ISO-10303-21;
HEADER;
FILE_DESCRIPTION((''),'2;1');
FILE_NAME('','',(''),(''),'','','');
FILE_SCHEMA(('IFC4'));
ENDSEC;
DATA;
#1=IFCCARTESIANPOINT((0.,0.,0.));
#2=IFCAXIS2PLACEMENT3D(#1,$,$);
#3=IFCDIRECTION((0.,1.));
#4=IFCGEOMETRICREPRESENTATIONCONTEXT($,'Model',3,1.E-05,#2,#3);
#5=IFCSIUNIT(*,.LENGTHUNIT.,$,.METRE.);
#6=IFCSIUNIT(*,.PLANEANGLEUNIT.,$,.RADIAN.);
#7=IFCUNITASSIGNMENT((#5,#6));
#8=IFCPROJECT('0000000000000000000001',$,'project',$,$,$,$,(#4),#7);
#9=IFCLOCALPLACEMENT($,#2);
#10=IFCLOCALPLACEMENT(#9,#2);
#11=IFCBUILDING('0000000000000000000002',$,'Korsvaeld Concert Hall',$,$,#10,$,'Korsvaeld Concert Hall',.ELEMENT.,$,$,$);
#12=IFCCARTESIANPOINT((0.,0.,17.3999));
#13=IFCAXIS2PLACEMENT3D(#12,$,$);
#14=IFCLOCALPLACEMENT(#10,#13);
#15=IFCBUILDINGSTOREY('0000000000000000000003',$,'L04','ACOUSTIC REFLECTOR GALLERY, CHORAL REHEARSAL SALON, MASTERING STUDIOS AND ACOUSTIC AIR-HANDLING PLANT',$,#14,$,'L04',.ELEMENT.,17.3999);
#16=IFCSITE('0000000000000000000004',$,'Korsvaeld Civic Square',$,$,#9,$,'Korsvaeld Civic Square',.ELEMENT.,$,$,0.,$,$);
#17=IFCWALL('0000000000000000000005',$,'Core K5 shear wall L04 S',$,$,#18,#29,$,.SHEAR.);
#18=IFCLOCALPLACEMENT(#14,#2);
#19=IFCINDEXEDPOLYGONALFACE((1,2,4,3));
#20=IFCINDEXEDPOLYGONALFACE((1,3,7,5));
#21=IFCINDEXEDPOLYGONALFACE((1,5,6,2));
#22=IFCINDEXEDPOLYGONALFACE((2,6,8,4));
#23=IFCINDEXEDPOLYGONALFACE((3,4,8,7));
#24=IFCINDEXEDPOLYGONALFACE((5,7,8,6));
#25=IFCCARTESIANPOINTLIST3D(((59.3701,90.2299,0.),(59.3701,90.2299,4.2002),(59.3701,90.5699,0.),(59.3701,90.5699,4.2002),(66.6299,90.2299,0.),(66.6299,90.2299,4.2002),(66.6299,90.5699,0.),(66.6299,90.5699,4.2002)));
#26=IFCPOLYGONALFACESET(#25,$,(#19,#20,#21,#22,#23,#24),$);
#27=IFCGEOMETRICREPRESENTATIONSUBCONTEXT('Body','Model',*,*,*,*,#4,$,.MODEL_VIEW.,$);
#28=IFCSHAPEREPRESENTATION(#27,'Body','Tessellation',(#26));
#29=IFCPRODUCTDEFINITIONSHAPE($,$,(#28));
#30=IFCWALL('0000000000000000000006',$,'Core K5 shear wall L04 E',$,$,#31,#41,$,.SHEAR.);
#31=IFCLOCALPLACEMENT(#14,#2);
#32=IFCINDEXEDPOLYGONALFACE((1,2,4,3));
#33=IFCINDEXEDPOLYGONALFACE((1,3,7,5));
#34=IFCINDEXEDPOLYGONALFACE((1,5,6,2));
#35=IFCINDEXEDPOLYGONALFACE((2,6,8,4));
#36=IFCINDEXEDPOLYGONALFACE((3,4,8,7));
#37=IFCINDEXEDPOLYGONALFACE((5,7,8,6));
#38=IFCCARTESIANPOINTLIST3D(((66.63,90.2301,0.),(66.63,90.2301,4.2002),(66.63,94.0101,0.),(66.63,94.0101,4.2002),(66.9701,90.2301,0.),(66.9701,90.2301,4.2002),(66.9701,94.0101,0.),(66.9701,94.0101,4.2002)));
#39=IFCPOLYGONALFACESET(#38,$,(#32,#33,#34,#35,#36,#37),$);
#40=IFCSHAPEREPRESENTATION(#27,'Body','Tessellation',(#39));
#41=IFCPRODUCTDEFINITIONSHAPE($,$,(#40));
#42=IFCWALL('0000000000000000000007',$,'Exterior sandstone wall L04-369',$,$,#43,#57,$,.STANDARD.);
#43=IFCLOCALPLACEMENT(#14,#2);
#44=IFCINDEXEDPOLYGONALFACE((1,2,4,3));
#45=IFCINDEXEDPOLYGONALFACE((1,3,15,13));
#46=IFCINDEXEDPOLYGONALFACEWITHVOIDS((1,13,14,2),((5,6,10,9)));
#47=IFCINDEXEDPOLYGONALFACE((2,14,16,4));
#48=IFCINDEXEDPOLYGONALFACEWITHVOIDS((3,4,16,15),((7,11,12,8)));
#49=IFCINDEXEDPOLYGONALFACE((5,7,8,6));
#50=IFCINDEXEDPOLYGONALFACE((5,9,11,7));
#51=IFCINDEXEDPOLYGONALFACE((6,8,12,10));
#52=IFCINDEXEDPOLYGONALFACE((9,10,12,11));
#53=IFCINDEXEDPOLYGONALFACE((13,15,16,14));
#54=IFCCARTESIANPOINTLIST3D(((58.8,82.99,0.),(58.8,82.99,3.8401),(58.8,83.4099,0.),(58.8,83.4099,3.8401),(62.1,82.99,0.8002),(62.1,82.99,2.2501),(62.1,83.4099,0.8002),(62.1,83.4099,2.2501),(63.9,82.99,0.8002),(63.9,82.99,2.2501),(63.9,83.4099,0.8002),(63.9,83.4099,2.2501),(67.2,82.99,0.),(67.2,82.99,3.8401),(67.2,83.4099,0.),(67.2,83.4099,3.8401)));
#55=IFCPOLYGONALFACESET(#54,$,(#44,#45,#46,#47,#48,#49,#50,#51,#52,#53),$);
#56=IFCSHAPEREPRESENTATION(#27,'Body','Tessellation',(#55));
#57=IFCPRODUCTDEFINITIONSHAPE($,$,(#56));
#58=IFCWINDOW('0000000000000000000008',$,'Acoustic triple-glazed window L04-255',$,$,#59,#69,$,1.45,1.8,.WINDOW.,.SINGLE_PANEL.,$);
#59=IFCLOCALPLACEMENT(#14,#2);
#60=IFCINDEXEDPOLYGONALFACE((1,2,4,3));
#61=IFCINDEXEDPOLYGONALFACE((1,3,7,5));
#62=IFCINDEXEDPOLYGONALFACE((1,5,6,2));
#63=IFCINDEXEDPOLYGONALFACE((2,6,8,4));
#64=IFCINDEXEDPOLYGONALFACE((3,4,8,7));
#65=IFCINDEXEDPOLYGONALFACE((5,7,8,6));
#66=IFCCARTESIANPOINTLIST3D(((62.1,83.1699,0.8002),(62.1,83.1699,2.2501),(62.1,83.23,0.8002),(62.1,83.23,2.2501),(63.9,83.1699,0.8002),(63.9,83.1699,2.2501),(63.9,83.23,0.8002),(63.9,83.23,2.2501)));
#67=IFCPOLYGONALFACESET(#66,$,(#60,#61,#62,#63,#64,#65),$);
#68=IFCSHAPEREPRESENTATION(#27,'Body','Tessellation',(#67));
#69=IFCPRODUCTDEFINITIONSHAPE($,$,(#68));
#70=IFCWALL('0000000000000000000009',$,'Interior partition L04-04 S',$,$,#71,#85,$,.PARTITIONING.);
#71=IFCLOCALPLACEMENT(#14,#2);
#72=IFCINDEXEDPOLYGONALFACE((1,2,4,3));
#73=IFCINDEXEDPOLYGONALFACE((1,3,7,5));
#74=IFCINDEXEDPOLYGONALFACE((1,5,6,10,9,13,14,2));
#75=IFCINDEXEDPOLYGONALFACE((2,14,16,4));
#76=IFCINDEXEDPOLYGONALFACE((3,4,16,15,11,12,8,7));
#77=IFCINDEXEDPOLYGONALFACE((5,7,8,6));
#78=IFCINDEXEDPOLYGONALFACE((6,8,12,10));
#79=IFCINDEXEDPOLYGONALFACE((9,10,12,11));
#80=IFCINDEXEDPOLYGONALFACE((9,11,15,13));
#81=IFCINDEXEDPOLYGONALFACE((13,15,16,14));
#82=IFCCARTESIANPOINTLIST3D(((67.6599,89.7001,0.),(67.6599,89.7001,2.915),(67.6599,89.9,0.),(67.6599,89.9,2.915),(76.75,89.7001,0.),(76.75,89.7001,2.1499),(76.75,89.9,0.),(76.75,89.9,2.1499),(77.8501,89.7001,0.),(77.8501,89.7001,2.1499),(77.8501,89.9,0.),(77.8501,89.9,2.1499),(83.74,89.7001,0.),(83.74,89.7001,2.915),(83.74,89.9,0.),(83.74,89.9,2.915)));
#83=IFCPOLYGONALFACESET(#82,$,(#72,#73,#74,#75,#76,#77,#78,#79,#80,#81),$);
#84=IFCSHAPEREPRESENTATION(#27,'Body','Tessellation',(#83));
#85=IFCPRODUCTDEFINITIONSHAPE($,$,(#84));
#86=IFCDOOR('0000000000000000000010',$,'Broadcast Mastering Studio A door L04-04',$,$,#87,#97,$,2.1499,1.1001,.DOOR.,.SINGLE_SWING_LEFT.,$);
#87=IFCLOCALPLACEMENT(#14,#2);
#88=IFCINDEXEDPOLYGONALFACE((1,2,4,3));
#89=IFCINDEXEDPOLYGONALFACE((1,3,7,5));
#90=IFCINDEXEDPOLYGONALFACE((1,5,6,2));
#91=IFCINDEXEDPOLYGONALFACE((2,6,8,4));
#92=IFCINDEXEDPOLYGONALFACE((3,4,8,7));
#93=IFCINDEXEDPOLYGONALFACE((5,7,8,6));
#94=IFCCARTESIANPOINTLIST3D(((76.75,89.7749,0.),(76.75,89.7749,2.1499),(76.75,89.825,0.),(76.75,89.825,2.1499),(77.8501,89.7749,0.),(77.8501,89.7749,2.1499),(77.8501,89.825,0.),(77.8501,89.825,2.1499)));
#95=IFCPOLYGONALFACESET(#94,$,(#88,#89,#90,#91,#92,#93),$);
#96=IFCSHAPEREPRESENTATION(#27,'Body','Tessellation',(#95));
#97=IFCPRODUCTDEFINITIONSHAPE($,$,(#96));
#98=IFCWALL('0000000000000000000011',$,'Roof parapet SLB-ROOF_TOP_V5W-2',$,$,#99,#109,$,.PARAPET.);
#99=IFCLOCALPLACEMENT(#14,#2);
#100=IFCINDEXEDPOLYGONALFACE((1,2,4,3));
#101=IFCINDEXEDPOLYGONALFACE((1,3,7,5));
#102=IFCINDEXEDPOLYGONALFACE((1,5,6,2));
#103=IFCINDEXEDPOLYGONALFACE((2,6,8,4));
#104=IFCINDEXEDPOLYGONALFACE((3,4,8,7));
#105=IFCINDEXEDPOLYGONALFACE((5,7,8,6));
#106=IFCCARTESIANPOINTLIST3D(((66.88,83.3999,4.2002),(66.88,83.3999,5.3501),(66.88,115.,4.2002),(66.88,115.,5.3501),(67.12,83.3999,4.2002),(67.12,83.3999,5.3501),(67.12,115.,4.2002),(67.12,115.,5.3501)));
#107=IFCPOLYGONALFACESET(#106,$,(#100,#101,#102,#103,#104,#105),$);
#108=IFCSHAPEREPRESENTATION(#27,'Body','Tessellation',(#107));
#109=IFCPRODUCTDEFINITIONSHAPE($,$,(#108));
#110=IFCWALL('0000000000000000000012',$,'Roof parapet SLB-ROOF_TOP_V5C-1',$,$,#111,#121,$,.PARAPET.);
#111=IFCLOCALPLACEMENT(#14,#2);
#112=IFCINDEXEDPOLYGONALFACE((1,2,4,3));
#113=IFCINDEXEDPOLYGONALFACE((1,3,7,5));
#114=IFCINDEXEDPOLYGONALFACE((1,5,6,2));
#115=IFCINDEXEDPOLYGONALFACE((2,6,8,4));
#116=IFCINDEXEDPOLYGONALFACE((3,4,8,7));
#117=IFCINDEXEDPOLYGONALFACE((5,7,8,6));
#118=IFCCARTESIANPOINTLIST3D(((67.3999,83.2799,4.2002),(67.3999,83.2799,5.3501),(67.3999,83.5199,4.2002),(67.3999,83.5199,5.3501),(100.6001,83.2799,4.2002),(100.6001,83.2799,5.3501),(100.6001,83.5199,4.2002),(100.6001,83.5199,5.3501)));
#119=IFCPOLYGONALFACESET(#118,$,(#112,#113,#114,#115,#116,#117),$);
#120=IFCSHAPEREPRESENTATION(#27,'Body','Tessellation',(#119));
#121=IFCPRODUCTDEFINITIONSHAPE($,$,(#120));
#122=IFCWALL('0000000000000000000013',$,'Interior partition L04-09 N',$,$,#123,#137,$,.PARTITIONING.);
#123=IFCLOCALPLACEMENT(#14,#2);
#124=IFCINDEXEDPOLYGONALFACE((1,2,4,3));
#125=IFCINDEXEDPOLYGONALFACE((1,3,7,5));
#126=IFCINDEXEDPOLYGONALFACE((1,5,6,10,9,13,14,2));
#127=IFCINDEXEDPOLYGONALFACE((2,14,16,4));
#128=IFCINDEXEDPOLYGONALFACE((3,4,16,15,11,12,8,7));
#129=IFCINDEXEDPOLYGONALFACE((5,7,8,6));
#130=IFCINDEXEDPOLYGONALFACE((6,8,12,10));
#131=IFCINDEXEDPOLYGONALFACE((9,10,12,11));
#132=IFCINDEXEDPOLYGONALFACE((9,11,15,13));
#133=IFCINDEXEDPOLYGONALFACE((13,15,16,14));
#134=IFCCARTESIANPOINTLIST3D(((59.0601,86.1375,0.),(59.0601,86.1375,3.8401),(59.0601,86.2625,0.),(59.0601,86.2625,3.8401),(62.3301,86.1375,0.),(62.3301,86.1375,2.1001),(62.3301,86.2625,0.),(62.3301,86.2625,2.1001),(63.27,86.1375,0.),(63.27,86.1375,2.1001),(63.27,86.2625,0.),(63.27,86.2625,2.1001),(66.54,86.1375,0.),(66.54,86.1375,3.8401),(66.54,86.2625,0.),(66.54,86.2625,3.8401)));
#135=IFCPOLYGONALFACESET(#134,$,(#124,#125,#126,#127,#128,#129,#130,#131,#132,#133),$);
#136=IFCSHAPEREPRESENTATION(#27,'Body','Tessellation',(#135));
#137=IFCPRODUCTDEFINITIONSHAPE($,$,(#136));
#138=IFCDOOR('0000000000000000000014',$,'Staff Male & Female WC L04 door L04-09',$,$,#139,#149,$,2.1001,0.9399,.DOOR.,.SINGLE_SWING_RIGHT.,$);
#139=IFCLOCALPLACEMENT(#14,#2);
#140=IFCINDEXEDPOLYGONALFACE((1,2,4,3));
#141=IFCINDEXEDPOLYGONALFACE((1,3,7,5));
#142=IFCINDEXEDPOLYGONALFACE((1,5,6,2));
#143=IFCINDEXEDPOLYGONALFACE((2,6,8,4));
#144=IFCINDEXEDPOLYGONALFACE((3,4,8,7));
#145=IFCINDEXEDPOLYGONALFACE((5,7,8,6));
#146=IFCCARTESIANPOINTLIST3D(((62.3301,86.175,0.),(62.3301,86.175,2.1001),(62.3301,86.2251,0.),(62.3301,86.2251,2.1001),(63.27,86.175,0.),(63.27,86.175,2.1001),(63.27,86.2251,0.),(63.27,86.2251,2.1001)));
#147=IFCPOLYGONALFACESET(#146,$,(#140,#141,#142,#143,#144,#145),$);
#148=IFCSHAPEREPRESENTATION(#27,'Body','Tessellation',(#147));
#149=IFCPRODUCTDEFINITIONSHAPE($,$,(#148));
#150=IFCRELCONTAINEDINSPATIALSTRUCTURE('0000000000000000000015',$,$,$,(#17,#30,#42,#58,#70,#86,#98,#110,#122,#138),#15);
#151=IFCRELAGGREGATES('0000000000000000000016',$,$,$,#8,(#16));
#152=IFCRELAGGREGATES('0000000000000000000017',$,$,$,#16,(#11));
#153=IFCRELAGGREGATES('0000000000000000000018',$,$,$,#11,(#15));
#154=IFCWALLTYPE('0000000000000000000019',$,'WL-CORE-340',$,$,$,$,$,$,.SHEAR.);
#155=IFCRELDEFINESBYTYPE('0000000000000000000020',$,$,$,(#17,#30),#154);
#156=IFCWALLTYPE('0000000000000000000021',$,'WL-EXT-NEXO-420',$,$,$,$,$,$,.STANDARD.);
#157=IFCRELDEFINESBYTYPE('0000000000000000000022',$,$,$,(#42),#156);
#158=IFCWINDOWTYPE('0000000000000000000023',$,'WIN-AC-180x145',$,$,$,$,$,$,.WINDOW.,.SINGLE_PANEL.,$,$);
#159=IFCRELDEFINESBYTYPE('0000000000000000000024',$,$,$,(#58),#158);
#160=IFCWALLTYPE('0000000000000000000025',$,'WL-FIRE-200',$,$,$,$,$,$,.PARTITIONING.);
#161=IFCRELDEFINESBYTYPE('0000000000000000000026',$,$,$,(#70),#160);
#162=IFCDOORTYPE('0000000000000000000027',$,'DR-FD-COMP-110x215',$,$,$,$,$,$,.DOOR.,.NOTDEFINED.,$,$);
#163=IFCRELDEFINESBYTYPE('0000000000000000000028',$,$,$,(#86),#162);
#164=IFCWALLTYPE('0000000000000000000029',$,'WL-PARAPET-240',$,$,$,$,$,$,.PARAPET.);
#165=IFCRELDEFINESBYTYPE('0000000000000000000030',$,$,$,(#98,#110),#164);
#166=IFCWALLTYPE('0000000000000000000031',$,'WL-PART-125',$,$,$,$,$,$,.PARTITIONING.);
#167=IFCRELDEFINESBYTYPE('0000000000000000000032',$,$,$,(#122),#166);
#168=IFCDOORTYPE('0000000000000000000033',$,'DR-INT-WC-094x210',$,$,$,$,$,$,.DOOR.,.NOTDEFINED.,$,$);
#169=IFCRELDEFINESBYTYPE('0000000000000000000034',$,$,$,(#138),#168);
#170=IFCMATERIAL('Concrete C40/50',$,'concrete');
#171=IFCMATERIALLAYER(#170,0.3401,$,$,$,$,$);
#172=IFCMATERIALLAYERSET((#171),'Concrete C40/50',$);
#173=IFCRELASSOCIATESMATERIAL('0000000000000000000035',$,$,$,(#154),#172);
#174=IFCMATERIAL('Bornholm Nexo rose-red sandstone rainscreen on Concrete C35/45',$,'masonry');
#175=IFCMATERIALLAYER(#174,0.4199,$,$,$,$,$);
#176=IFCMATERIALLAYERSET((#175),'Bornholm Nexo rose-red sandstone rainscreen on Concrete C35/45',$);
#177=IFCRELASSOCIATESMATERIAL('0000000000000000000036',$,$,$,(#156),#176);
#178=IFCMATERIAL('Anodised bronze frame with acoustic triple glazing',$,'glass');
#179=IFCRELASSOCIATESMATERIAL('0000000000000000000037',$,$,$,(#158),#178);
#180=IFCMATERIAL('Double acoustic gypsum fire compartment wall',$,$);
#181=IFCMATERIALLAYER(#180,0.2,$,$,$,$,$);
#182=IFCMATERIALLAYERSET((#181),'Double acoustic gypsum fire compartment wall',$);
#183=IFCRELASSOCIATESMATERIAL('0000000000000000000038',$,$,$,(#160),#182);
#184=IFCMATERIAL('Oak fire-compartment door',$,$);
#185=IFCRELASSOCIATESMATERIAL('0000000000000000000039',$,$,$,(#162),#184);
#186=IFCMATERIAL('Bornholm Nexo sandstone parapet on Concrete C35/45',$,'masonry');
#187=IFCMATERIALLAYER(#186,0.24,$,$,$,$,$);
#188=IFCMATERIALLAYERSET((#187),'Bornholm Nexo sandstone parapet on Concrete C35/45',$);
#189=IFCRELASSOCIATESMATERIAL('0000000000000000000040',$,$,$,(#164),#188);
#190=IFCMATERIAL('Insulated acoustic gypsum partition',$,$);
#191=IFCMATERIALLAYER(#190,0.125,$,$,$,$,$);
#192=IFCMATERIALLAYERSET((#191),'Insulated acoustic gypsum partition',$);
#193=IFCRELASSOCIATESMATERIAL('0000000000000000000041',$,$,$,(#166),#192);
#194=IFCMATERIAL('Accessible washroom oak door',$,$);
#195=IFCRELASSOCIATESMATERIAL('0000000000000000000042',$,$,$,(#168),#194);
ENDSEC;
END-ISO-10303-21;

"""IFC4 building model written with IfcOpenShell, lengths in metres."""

from ifc_helpers import new_model, si_unit, direction, frame, frame_2d, origin, place, context, subcontext, project, spatial, rectangle, extrude, material, layer, layer_set, type_object, element, fill, save


model = new_model("IFC4")

# Units and contexts
model_context = context("Model", 3, precision=1e-05, world=origin(), true_north=direction((0.0, 1.0)))
body_context = subcontext(model_context, "Body", "Model", "MODEL_VIEW")
ifc_project = project(units=[si_unit("LENGTHUNIT", "METRE"), si_unit("PLANEANGLEUNIT", "RADIAN")], contexts=[model_context])

# Site, building, storey
site_placement = place(None, origin())
site = spatial("IfcSite", under=ifc_project, at=site_placement, Name="Korsvaeld Civic Square", LongName="Korsvaeld Civic Square", CompositionType="ELEMENT", RefElevation=0.0)
building_placement = place(site_placement, origin())
building = spatial("IfcBuilding", under=site, at=building_placement, Name="Korsvaeld Concert Hall", LongName="Korsvaeld Concert Hall", CompositionType="ELEMENT")
storey_placement = place(building_placement, frame((0.0, 0.0, 17.3999)))
storey = spatial("IfcBuildingStorey", under=building, at=storey_placement, Name="L04", Description="ACOUSTIC REFLECTOR GALLERY, CHORAL REHEARSAL SALON, MASTERING STUDIOS AND ACOUSTIC AIR-HANDLING PLANT", LongName="L04", CompositionType="ELEMENT", Elevation=17.3999)

# Shared definitions
ifc_material_1 = material(Name="Concrete C40/50", Category="concrete")

# Walls
ifc_layer_1 = layer(ifc_material_1, 0.3401)
ifc_layer_set_1 = layer_set([ifc_layer_1], Name="Concrete C40/50")
wall_type_1 = type_object("IfcWallType", Name="WL-CORE-340", PredefinedType="SHEAR", material=ifc_layer_set_1)
wall_1_placement = place(storey_placement, frame((59.3701, 90.3999, 0.0), z_axis=(0.0, 0.0, 1.0), x_axis=(1.0, 0.0, 0.0)))
element("IfcWall", 1, at=wall_1_placement, inside=storey, type_object=wall_type_1, Name="Core K5 shear wall L04 S", PredefinedType="SHEAR", context=body_context, shape_type="SweptSolid", body=[
    extrude(rectangle(XDim=7.2598, YDim=0.3401, at=frame_2d((3.6299, 0.0))), origin(), (0.0, 0.0, 1.0), 4.2002),
])
wall_2_placement = place(storey_placement, frame((66.8, 90.23, 0.0), z_axis=(0.0, 0.0, 1.0), x_axis=(0.0, 1.0, 0.0)))
element("IfcWall", 2, at=wall_2_placement, inside=storey, type_object=wall_type_1, Name="Core K5 shear wall L04 E", PredefinedType="SHEAR", context=body_context, shape_type="SweptSolid", body=[
    extrude(rectangle(XDim=3.78, YDim=0.3401, at=frame_2d((1.8901, 0.0))), origin(), (0.0, 0.0, 1.0), 4.2002),
])

# Wall, opening, window
ifc_material_2 = material(Name="Bornholm Nexo rose-red sandstone rainscreen on Concrete C35/45", Category="masonry")
ifc_layer_2 = layer(ifc_material_2, 0.4199)
ifc_layer_set_2 = layer_set([ifc_layer_2], Name="Bornholm Nexo rose-red sandstone rainscreen on Concrete C35/45")
wall_type_2 = type_object("IfcWallType", Name="WL-EXT-NEXO-420", PredefinedType="STANDARD", material=ifc_layer_set_2)
wall_3_placement = place(storey_placement, frame((67.2, 83.2, 0.0), z_axis=(0.0, 0.0, 1.0), x_axis=(-1.0, 0.0, 0.0)))
wall_3 = element("IfcWall", 3, at=wall_3_placement, inside=storey, type_object=wall_type_2, Name="Exterior sandstone wall L04-369", PredefinedType="STANDARD", context=body_context, shape_type="SweptSolid", body=[
    extrude(rectangle(XDim=8.3999, YDim=0.4199, at=frame_2d((4.2, 0.0))), origin(), (0.0, 0.0, 1.0), 3.8401),
])
opening_1_placement = place(wall_3_placement, frame((3.3, 0.0, 0.8)))
opening_1 = element("IfcOpeningElement", 4, at=opening_1_placement, cuts=wall_3, PredefinedType="OPENING", context=body_context, shape_type="SweptSolid", body=[
    extrude(rectangle(XDim=1.8, YDim=1.45, at=frame_2d((0.8999, 0.7251))), frame((0.0, 0.22, 0.0), z_axis=(0.0, -1.0, 0.0), x_axis=(1.0, 0.0, 0.0)), (0.0, 0.0, 1.0), 0.4399),
])
ifc_material_3 = material(Name="Anodised bronze frame with acoustic triple glazing", Category="glass")
window_type = type_object("IfcWindowType", Name="WIN-AC-180x145", PartitioningType="SINGLE_PANEL", PredefinedType="WINDOW", material=ifc_material_3)
window_placement = place(opening_1_placement, origin())
window = element("IfcWindow", 5, at=window_placement, inside=storey, type_object=window_type, Name="Acoustic triple-glazed window L04-255", OverallHeight=1.45, OverallWidth=1.8, PartitioningType="SINGLE_PANEL", PredefinedType="WINDOW", context=body_context, shape_type="SweptSolid", body=[
    extrude(rectangle(XDim=1.8, YDim=1.45, at=frame_2d((0.8999, 0.7251))), frame((0.0, 0.03, 0.0), z_axis=(0.0, -1.0, 0.0), x_axis=(1.0, 0.0, 0.0)), (0.0, 0.0, 1.0), 0.0601),
])
fill(opening_1, window)

# Wall, opening, door
ifc_material_4 = material(Name="Double acoustic gypsum fire compartment wall")
ifc_layer_3 = layer(ifc_material_4, 0.2)
ifc_layer_set_3 = layer_set([ifc_layer_3], Name="Double acoustic gypsum fire compartment wall")
wall_type_3 = type_object("IfcWallType", Name="WL-FIRE-200", PredefinedType="PARTITIONING", material=ifc_layer_set_3)
wall_4_placement = place(storey_placement, frame((67.6599, 89.8, 0.0), z_axis=(0.0, 0.0, 1.0), x_axis=(1.0, 0.0, 0.0)))
wall_4 = element("IfcWall", 6, at=wall_4_placement, inside=storey, type_object=wall_type_3, Name="Interior partition L04-04 S", PredefinedType="PARTITIONING", context=body_context, shape_type="SweptSolid", body=[
    extrude(rectangle(XDim=16.0801, YDim=0.2, at=frame_2d((8.04, 0.0))), origin(), (0.0, 0.0, 1.0), 2.915),
])
opening_2_placement = place(wall_4_placement, frame((9.0901, 0.0, 0.0)))
opening_2 = element("IfcOpeningElement", 7, at=opening_2_placement, cuts=wall_4, PredefinedType="OPENING", context=body_context, shape_type="SweptSolid", body=[
    extrude(rectangle(XDim=1.1001, YDim=2.1499, at=frame_2d((0.55, 1.075))), frame((0.0, 0.1099, 0.0), z_axis=(0.0, -1.0, 0.0), x_axis=(1.0, 0.0, 0.0)), (0.0, 0.0, 1.0), 0.22),
])
ifc_material_5 = material(Name="Oak fire-compartment door")
door_type_1 = type_object("IfcDoorType", Name="DR-FD-COMP-110x215", OperationType="NOTDEFINED", PredefinedType="DOOR", material=ifc_material_5)
door_1_placement = place(opening_2_placement, origin())
door_1 = element("IfcDoor", 8, at=door_1_placement, inside=storey, type_object=door_type_1, Name="Broadcast Mastering Studio A door L04-04", OperationType="SINGLE_SWING_LEFT", OverallHeight=2.1499, OverallWidth=1.1001, PredefinedType="DOOR", context=body_context, shape_type="SweptSolid", body=[
    extrude(rectangle(XDim=1.1001, YDim=2.1499, at=frame_2d((0.55, 1.075))), frame((0.0, 0.0249, 0.0), z_axis=(0.0, -1.0, 0.0), x_axis=(1.0, 0.0, 0.0)), (0.0, 0.0, 1.0), 0.05),
])
fill(opening_2, door_1)

# Walls
ifc_material_6 = material(Name="Bornholm Nexo sandstone parapet on Concrete C35/45", Category="masonry")
ifc_layer_4 = layer(ifc_material_6, 0.24)
ifc_layer_set_4 = layer_set([ifc_layer_4], Name="Bornholm Nexo sandstone parapet on Concrete C35/45")
wall_type_4 = type_object("IfcWallType", Name="WL-PARAPET-240", PredefinedType="PARAPET", material=ifc_layer_set_4)
wall_5_placement = place(storey_placement, frame((67.0, 83.3999, 4.2002), z_axis=(0.0, 0.0, 1.0), x_axis=(0.0, 1.0, 0.0)))
element("IfcWall", 9, at=wall_5_placement, inside=storey, type_object=wall_type_4, Name="Roof parapet SLB-ROOF_TOP_V5W-2", PredefinedType="PARAPET", context=body_context, shape_type="SweptSolid", body=[
    extrude(rectangle(XDim=31.6001, YDim=0.24, at=frame_2d((15.8, 0.0))), origin(), (0.0, 0.0, 1.0), 1.1499),
])
wall_6_placement = place(storey_placement, frame((67.3999, 83.3999, 4.2002), z_axis=(0.0, 0.0, 1.0), x_axis=(1.0, 0.0, 0.0)))
element("IfcWall", 10, at=wall_6_placement, inside=storey, type_object=wall_type_4, Name="Roof parapet SLB-ROOF_TOP_V5C-1", PredefinedType="PARAPET", context=body_context, shape_type="SweptSolid", body=[
    extrude(rectangle(XDim=33.2002, YDim=0.24, at=frame_2d((16.6001, 0.0))), origin(), (0.0, 0.0, 1.0), 1.1499),
])

# Wall, opening, door
ifc_material_7 = material(Name="Insulated acoustic gypsum partition")
ifc_layer_5 = layer(ifc_material_7, 0.125)
ifc_layer_set_5 = layer_set([ifc_layer_5], Name="Insulated acoustic gypsum partition")
wall_type_5 = type_object("IfcWallType", Name="WL-PART-125", PredefinedType="PARTITIONING", material=ifc_layer_set_5)
wall_7_placement = place(storey_placement, frame((66.54, 86.2, 0.0), z_axis=(0.0, 0.0, 1.0), x_axis=(-1.0, 0.0, 0.0)))
wall_7 = element("IfcWall", 11, at=wall_7_placement, inside=storey, type_object=wall_type_5, Name="Interior partition L04-09 N", PredefinedType="PARTITIONING", context=body_context, shape_type="SweptSolid", body=[
    extrude(rectangle(XDim=7.48, YDim=0.125, at=frame_2d((3.74, 0.0))), origin(), (0.0, 0.0, 1.0), 3.8401),
])
opening_3_placement = place(wall_7_placement, frame((3.27, 0.0, 0.0)))
opening_3 = element("IfcOpeningElement", 12, at=opening_3_placement, cuts=wall_7, PredefinedType="OPENING", context=body_context, shape_type="SweptSolid", body=[
    extrude(rectangle(XDim=0.9399, YDim=2.1001, at=frame_2d((0.47, 1.05))), frame((0.0, 0.0725, 0.0), z_axis=(0.0, -1.0, 0.0), x_axis=(1.0, 0.0, 0.0)), (0.0, 0.0, 1.0), 0.145),
])
ifc_material_8 = material(Name="Accessible washroom oak door")
door_type_2 = type_object("IfcDoorType", Name="DR-INT-WC-094x210", OperationType="NOTDEFINED", PredefinedType="DOOR", material=ifc_material_8)
door_2_placement = place(opening_3_placement, origin())
door_2 = element("IfcDoor", 13, at=door_2_placement, inside=storey, type_object=door_type_2, Name="Staff Male & Female WC L04 door L04-09", OperationType="SINGLE_SWING_RIGHT", OverallHeight=2.1001, OverallWidth=0.9399, PredefinedType="DOOR", context=body_context, shape_type="SweptSolid", body=[
    extrude(rectangle(XDim=0.9399, YDim=2.1001, at=frame_2d((0.47, 1.05))), frame((0.0, 0.0249, 0.0), z_axis=(0.0, -1.0, 0.0), x_axis=(1.0, 0.0, 0.0)), (0.0, 0.0, 1.0), 0.05),
])
fill(opening_3, door_2)

save(model, "model.ifc")
